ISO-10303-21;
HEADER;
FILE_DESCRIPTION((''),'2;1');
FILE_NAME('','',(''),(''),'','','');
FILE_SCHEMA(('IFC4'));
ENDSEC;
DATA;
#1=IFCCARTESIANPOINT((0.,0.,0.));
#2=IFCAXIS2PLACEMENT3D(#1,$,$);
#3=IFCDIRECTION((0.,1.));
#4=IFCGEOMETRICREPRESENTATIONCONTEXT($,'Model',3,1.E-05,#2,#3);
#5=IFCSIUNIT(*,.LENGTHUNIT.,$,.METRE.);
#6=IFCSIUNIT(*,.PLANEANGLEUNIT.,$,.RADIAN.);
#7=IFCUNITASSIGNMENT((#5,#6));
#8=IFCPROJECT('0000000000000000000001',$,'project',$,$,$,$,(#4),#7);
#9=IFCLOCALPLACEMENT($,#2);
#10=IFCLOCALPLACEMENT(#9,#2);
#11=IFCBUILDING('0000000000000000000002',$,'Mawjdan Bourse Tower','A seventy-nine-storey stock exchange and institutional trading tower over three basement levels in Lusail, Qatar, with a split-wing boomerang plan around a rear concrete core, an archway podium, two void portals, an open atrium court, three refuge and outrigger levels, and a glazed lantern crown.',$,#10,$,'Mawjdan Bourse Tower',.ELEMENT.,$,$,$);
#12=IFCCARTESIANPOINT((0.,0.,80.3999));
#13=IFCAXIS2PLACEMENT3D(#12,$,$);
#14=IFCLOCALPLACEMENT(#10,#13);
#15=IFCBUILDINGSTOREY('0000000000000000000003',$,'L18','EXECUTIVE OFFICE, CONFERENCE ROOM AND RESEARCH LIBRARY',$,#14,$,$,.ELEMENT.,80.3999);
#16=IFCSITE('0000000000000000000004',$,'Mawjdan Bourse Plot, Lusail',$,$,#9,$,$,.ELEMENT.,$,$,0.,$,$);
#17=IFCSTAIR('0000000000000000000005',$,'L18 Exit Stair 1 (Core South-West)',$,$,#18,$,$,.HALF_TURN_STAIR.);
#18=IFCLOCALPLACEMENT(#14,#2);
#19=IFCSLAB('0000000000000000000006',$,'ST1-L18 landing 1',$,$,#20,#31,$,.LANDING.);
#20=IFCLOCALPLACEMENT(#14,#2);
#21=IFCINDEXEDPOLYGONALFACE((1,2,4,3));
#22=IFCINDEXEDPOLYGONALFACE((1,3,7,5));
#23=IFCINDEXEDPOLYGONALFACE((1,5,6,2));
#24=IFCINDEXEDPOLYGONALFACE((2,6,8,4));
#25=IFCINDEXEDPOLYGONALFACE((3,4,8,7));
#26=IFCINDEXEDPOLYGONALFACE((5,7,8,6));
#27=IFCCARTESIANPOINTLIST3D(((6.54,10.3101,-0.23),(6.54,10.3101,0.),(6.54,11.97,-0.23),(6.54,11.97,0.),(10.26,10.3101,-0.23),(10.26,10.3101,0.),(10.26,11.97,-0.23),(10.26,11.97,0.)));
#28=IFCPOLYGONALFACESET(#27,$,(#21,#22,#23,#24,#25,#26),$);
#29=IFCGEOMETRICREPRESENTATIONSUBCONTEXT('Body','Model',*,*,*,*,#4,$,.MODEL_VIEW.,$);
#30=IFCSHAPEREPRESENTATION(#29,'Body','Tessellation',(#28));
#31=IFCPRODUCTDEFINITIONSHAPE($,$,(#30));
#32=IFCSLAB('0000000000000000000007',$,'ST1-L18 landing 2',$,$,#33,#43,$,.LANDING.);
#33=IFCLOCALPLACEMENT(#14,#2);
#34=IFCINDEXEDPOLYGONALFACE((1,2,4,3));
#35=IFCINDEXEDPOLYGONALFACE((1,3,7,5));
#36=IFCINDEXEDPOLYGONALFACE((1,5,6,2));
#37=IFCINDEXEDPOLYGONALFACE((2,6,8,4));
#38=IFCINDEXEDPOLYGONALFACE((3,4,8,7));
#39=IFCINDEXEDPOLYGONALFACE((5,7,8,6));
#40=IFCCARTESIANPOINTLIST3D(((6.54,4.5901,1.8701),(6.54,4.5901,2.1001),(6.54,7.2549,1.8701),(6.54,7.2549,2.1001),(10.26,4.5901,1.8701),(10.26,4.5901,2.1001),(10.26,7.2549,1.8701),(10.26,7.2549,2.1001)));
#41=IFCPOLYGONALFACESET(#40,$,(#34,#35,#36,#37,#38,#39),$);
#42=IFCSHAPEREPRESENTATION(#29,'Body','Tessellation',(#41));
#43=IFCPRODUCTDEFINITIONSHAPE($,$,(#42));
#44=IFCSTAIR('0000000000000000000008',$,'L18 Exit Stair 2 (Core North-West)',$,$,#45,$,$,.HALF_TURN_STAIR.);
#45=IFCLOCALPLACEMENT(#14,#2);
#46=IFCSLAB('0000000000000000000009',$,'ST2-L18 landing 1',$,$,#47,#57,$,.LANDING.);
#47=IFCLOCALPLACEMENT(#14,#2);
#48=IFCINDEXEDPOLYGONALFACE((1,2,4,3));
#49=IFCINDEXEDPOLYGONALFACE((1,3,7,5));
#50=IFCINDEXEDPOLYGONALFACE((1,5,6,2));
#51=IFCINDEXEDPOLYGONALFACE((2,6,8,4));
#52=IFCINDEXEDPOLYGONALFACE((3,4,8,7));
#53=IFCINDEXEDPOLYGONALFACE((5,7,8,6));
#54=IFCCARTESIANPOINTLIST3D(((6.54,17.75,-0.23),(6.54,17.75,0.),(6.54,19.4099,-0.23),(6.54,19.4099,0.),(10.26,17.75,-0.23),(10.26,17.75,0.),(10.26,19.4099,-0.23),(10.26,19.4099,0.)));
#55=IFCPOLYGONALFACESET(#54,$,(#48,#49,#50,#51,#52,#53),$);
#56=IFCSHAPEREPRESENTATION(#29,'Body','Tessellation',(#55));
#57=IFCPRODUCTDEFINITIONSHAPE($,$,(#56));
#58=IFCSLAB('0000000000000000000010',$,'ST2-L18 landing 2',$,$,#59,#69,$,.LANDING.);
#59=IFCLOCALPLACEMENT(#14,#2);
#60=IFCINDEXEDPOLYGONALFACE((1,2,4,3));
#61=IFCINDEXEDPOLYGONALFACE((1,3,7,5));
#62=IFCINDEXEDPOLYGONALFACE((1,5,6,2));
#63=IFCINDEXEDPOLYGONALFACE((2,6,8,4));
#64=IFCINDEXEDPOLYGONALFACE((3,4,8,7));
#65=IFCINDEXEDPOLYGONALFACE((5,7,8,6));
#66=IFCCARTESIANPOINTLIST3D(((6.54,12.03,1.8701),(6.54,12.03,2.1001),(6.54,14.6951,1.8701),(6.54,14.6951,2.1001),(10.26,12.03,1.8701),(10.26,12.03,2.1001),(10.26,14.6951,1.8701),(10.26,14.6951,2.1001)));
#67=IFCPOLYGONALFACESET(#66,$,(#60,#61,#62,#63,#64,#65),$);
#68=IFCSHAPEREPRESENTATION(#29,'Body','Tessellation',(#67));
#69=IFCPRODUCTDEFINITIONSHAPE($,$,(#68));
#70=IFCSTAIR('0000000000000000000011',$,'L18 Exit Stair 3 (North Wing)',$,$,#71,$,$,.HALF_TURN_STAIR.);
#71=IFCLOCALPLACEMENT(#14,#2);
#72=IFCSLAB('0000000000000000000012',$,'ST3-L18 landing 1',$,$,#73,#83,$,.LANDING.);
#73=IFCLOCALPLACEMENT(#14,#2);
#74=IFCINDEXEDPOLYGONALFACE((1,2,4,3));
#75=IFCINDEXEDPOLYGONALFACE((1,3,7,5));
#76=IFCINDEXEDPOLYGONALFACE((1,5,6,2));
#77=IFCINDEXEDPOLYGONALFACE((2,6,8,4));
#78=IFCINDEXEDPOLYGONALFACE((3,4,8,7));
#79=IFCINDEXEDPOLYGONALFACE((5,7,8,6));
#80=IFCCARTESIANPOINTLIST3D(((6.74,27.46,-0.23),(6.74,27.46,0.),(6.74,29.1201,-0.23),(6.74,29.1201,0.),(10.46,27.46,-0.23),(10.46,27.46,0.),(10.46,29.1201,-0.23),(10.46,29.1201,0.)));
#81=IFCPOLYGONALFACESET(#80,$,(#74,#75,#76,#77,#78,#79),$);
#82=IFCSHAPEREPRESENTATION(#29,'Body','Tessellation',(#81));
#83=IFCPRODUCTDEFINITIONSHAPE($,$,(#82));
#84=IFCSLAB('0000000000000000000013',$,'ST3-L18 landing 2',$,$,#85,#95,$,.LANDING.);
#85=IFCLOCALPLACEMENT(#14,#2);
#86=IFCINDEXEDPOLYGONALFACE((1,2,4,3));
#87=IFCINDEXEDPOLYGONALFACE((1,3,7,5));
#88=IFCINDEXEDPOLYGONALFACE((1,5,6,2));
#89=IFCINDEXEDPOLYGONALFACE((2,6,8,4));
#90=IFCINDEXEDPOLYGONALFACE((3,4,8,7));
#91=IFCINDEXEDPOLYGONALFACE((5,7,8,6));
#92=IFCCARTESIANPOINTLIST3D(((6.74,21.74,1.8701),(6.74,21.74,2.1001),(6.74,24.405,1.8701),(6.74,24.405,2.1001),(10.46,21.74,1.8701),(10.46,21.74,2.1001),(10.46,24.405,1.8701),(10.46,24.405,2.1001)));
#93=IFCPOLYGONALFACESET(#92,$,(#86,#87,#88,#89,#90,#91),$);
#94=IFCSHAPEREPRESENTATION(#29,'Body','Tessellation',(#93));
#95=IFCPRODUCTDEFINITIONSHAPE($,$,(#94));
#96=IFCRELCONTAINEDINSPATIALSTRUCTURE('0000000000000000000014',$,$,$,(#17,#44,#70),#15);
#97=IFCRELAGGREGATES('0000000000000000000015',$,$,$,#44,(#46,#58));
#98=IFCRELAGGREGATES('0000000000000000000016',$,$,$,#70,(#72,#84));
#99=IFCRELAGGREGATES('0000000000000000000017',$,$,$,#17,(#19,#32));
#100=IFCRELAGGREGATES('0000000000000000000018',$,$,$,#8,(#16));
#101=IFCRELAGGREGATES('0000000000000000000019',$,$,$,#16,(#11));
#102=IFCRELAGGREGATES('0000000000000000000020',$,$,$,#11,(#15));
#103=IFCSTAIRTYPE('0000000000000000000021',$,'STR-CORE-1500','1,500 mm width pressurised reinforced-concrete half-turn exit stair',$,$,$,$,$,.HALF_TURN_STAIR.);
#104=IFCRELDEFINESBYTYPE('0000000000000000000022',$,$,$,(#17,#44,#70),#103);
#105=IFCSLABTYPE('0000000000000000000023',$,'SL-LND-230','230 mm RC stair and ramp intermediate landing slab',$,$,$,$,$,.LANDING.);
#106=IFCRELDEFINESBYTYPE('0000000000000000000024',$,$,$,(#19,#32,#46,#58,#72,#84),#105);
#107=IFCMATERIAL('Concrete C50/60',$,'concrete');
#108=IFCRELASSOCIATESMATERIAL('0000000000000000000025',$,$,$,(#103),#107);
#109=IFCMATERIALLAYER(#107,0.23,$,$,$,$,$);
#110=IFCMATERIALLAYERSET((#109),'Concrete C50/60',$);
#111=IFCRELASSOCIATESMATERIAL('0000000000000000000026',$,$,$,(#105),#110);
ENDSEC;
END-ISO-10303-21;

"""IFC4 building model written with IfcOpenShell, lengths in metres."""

from ifc_helpers import new_model, si_unit, direction, frame, origin, place, context, subcontext, project, spatial, polyline, outline, extrude, material, layer, layer_set, type_object, element, aggregate, save


model = new_model("IFC4")

# Units and contexts
model_context = context("Model", 3, precision=1e-05, world=origin(), true_north=direction((0.0, 1.0)))
body_context = subcontext(model_context, "Body", "Model", "MODEL_VIEW")
ifc_project = project(units=[si_unit("LENGTHUNIT", "METRE"), si_unit("PLANEANGLEUNIT", "RADIAN")], contexts=[model_context])

# Site, building, storey
site_placement = place(None, origin())
site = spatial("IfcSite", under=ifc_project, at=site_placement, Name="Mawjdan Bourse Plot, Lusail", CompositionType="ELEMENT", RefElevation=0.0)
building_placement = place(site_placement, origin())
building = spatial("IfcBuilding", under=site, at=building_placement, Name="Mawjdan Bourse Tower", Description="A seventy-nine-storey stock exchange and institutional trading tower over three basement levels in Lusail, Qatar, with a split-wing boomerang plan around a rear concrete core, an archway podium, two void portals, an open atrium court, three refuge and outrigger levels, and a glazed lantern crown.", LongName="Mawjdan Bourse Tower", CompositionType="ELEMENT")
storey_placement = place(building_placement, frame((0.0, 0.0, 80.3999)))
storey = spatial("IfcBuildingStorey", under=building, at=storey_placement, Name="L18", Description="EXECUTIVE OFFICE, CONFERENCE ROOM AND RESEARCH LIBRARY", CompositionType="ELEMENT", Elevation=80.3999)

# Stairs, slabs
ifc_material_1 = material(Name="Concrete C50/60", Category="concrete")
stair_type = type_object("IfcStairType", Name="STR-CORE-1500", Description="1,500 mm width pressurised reinforced-concrete half-turn exit stair", PredefinedType="HALF_TURN_STAIR", material=ifc_material_1)
stair_1_placement = place(storey_placement, origin())
stair_1 = element("IfcStair", 1, at=stair_1_placement, inside=storey, type_object=stair_type, Name="L18 Exit Stair 1 (Core South-West)", PredefinedType="HALF_TURN_STAIR")
ifc_layer_1 = layer(ifc_material_1, 0.23)
ifc_layer_set_1 = layer_set([ifc_layer_1], Name="Concrete C50/60")
slab_type_1 = type_object("IfcSlabType", Name="SL-LND-230", Description="230 mm RC stair and ramp intermediate landing slab", PredefinedType="LANDING", material=ifc_layer_set_1)
slab_1_placement = place(storey_placement, frame((0.0, 0.0, -0.23)))
slab_1 = element("IfcSlab", 2, at=slab_1_placement, type_object=slab_type_1, Name="ST1-L18 landing 1", PredefinedType="LANDING", context=body_context, shape_type="SweptSolid", body=[
    extrude(outline(polyline([(6.54, 10.3101), (10.26, 10.3101), (10.26, 11.97), (6.54, 11.97), (6.54, 10.3101)])), origin(), (0.0, 0.0, 1.0), 0.23),
])
slab_2_placement = place(storey_placement, frame((0.0, 0.0, 1.8701)))
slab_2 = element("IfcSlab", 3, at=slab_2_placement, type_object=slab_type_1, Name="ST1-L18 landing 2", PredefinedType="LANDING", context=body_context, shape_type="SweptSolid", body=[
    extrude(outline(polyline([(6.54, 4.5901), (10.26, 4.5901), (10.26, 7.2549), (6.54, 7.2549), (6.54, 4.5901)])), origin(), (0.0, 0.0, 1.0), 0.23),
])
stair_2_placement = place(storey_placement, origin())
stair_2 = element("IfcStair", 4, at=stair_2_placement, inside=storey, type_object=stair_type, Name="L18 Exit Stair 2 (Core North-West)", PredefinedType="HALF_TURN_STAIR")
slab_3_placement = place(storey_placement, frame((0.0, 0.0, -0.23)))
slab_3 = element("IfcSlab", 5, at=slab_3_placement, type_object=slab_type_1, Name="ST2-L18 landing 1", PredefinedType="LANDING", context=body_context, shape_type="SweptSolid", body=[
    extrude(outline(polyline([(6.54, 17.75), (10.26, 17.75), (10.26, 19.4099), (6.54, 19.4099), (6.54, 17.75)])), origin(), (0.0, 0.0, 1.0), 0.23),
])
slab_4_placement = place(storey_placement, frame((0.0, 0.0, 1.8701)))
slab_4 = element("IfcSlab", 6, at=slab_4_placement, type_object=slab_type_1, Name="ST2-L18 landing 2", PredefinedType="LANDING", context=body_context, shape_type="SweptSolid", body=[
    extrude(outline(polyline([(6.54, 12.03), (10.26, 12.03), (10.26, 14.6951), (6.54, 14.6951), (6.54, 12.03)])), origin(), (0.0, 0.0, 1.0), 0.23),
])
aggregate(stair_2, [slab_3, slab_4])
stair_3_placement = place(storey_placement, origin())
stair_3 = element("IfcStair", 7, at=stair_3_placement, inside=storey, type_object=stair_type, Name="L18 Exit Stair 3 (North Wing)", PredefinedType="HALF_TURN_STAIR")
slab_5_placement = place(storey_placement, frame((0.0, 0.0, -0.23)))
slab_5 = element("IfcSlab", 8, at=slab_5_placement, type_object=slab_type_1, Name="ST3-L18 landing 1", PredefinedType="LANDING", context=body_context, shape_type="SweptSolid", body=[
    extrude(outline(polyline([(6.74, 27.46), (10.46, 27.46), (10.46, 29.1201), (6.74, 29.1201), (6.74, 27.46)])), origin(), (0.0, 0.0, 1.0), 0.23),
])
slab_6_placement = place(storey_placement, frame((0.0, 0.0, 1.8701)))
slab_6 = element("IfcSlab", 9, at=slab_6_placement, type_object=slab_type_1, Name="ST3-L18 landing 2", PredefinedType="LANDING", context=body_context, shape_type="SweptSolid", body=[
    extrude(outline(polyline([(6.74, 21.74), (10.46, 21.74), (10.46, 24.405), (6.74, 24.405), (6.74, 21.74)])), origin(), (0.0, 0.0, 1.0), 0.23),
])
aggregate(stair_3, [slab_5, slab_6])

aggregate(stair_1, [slab_1, slab_2])

save(model, "model.ifc")
